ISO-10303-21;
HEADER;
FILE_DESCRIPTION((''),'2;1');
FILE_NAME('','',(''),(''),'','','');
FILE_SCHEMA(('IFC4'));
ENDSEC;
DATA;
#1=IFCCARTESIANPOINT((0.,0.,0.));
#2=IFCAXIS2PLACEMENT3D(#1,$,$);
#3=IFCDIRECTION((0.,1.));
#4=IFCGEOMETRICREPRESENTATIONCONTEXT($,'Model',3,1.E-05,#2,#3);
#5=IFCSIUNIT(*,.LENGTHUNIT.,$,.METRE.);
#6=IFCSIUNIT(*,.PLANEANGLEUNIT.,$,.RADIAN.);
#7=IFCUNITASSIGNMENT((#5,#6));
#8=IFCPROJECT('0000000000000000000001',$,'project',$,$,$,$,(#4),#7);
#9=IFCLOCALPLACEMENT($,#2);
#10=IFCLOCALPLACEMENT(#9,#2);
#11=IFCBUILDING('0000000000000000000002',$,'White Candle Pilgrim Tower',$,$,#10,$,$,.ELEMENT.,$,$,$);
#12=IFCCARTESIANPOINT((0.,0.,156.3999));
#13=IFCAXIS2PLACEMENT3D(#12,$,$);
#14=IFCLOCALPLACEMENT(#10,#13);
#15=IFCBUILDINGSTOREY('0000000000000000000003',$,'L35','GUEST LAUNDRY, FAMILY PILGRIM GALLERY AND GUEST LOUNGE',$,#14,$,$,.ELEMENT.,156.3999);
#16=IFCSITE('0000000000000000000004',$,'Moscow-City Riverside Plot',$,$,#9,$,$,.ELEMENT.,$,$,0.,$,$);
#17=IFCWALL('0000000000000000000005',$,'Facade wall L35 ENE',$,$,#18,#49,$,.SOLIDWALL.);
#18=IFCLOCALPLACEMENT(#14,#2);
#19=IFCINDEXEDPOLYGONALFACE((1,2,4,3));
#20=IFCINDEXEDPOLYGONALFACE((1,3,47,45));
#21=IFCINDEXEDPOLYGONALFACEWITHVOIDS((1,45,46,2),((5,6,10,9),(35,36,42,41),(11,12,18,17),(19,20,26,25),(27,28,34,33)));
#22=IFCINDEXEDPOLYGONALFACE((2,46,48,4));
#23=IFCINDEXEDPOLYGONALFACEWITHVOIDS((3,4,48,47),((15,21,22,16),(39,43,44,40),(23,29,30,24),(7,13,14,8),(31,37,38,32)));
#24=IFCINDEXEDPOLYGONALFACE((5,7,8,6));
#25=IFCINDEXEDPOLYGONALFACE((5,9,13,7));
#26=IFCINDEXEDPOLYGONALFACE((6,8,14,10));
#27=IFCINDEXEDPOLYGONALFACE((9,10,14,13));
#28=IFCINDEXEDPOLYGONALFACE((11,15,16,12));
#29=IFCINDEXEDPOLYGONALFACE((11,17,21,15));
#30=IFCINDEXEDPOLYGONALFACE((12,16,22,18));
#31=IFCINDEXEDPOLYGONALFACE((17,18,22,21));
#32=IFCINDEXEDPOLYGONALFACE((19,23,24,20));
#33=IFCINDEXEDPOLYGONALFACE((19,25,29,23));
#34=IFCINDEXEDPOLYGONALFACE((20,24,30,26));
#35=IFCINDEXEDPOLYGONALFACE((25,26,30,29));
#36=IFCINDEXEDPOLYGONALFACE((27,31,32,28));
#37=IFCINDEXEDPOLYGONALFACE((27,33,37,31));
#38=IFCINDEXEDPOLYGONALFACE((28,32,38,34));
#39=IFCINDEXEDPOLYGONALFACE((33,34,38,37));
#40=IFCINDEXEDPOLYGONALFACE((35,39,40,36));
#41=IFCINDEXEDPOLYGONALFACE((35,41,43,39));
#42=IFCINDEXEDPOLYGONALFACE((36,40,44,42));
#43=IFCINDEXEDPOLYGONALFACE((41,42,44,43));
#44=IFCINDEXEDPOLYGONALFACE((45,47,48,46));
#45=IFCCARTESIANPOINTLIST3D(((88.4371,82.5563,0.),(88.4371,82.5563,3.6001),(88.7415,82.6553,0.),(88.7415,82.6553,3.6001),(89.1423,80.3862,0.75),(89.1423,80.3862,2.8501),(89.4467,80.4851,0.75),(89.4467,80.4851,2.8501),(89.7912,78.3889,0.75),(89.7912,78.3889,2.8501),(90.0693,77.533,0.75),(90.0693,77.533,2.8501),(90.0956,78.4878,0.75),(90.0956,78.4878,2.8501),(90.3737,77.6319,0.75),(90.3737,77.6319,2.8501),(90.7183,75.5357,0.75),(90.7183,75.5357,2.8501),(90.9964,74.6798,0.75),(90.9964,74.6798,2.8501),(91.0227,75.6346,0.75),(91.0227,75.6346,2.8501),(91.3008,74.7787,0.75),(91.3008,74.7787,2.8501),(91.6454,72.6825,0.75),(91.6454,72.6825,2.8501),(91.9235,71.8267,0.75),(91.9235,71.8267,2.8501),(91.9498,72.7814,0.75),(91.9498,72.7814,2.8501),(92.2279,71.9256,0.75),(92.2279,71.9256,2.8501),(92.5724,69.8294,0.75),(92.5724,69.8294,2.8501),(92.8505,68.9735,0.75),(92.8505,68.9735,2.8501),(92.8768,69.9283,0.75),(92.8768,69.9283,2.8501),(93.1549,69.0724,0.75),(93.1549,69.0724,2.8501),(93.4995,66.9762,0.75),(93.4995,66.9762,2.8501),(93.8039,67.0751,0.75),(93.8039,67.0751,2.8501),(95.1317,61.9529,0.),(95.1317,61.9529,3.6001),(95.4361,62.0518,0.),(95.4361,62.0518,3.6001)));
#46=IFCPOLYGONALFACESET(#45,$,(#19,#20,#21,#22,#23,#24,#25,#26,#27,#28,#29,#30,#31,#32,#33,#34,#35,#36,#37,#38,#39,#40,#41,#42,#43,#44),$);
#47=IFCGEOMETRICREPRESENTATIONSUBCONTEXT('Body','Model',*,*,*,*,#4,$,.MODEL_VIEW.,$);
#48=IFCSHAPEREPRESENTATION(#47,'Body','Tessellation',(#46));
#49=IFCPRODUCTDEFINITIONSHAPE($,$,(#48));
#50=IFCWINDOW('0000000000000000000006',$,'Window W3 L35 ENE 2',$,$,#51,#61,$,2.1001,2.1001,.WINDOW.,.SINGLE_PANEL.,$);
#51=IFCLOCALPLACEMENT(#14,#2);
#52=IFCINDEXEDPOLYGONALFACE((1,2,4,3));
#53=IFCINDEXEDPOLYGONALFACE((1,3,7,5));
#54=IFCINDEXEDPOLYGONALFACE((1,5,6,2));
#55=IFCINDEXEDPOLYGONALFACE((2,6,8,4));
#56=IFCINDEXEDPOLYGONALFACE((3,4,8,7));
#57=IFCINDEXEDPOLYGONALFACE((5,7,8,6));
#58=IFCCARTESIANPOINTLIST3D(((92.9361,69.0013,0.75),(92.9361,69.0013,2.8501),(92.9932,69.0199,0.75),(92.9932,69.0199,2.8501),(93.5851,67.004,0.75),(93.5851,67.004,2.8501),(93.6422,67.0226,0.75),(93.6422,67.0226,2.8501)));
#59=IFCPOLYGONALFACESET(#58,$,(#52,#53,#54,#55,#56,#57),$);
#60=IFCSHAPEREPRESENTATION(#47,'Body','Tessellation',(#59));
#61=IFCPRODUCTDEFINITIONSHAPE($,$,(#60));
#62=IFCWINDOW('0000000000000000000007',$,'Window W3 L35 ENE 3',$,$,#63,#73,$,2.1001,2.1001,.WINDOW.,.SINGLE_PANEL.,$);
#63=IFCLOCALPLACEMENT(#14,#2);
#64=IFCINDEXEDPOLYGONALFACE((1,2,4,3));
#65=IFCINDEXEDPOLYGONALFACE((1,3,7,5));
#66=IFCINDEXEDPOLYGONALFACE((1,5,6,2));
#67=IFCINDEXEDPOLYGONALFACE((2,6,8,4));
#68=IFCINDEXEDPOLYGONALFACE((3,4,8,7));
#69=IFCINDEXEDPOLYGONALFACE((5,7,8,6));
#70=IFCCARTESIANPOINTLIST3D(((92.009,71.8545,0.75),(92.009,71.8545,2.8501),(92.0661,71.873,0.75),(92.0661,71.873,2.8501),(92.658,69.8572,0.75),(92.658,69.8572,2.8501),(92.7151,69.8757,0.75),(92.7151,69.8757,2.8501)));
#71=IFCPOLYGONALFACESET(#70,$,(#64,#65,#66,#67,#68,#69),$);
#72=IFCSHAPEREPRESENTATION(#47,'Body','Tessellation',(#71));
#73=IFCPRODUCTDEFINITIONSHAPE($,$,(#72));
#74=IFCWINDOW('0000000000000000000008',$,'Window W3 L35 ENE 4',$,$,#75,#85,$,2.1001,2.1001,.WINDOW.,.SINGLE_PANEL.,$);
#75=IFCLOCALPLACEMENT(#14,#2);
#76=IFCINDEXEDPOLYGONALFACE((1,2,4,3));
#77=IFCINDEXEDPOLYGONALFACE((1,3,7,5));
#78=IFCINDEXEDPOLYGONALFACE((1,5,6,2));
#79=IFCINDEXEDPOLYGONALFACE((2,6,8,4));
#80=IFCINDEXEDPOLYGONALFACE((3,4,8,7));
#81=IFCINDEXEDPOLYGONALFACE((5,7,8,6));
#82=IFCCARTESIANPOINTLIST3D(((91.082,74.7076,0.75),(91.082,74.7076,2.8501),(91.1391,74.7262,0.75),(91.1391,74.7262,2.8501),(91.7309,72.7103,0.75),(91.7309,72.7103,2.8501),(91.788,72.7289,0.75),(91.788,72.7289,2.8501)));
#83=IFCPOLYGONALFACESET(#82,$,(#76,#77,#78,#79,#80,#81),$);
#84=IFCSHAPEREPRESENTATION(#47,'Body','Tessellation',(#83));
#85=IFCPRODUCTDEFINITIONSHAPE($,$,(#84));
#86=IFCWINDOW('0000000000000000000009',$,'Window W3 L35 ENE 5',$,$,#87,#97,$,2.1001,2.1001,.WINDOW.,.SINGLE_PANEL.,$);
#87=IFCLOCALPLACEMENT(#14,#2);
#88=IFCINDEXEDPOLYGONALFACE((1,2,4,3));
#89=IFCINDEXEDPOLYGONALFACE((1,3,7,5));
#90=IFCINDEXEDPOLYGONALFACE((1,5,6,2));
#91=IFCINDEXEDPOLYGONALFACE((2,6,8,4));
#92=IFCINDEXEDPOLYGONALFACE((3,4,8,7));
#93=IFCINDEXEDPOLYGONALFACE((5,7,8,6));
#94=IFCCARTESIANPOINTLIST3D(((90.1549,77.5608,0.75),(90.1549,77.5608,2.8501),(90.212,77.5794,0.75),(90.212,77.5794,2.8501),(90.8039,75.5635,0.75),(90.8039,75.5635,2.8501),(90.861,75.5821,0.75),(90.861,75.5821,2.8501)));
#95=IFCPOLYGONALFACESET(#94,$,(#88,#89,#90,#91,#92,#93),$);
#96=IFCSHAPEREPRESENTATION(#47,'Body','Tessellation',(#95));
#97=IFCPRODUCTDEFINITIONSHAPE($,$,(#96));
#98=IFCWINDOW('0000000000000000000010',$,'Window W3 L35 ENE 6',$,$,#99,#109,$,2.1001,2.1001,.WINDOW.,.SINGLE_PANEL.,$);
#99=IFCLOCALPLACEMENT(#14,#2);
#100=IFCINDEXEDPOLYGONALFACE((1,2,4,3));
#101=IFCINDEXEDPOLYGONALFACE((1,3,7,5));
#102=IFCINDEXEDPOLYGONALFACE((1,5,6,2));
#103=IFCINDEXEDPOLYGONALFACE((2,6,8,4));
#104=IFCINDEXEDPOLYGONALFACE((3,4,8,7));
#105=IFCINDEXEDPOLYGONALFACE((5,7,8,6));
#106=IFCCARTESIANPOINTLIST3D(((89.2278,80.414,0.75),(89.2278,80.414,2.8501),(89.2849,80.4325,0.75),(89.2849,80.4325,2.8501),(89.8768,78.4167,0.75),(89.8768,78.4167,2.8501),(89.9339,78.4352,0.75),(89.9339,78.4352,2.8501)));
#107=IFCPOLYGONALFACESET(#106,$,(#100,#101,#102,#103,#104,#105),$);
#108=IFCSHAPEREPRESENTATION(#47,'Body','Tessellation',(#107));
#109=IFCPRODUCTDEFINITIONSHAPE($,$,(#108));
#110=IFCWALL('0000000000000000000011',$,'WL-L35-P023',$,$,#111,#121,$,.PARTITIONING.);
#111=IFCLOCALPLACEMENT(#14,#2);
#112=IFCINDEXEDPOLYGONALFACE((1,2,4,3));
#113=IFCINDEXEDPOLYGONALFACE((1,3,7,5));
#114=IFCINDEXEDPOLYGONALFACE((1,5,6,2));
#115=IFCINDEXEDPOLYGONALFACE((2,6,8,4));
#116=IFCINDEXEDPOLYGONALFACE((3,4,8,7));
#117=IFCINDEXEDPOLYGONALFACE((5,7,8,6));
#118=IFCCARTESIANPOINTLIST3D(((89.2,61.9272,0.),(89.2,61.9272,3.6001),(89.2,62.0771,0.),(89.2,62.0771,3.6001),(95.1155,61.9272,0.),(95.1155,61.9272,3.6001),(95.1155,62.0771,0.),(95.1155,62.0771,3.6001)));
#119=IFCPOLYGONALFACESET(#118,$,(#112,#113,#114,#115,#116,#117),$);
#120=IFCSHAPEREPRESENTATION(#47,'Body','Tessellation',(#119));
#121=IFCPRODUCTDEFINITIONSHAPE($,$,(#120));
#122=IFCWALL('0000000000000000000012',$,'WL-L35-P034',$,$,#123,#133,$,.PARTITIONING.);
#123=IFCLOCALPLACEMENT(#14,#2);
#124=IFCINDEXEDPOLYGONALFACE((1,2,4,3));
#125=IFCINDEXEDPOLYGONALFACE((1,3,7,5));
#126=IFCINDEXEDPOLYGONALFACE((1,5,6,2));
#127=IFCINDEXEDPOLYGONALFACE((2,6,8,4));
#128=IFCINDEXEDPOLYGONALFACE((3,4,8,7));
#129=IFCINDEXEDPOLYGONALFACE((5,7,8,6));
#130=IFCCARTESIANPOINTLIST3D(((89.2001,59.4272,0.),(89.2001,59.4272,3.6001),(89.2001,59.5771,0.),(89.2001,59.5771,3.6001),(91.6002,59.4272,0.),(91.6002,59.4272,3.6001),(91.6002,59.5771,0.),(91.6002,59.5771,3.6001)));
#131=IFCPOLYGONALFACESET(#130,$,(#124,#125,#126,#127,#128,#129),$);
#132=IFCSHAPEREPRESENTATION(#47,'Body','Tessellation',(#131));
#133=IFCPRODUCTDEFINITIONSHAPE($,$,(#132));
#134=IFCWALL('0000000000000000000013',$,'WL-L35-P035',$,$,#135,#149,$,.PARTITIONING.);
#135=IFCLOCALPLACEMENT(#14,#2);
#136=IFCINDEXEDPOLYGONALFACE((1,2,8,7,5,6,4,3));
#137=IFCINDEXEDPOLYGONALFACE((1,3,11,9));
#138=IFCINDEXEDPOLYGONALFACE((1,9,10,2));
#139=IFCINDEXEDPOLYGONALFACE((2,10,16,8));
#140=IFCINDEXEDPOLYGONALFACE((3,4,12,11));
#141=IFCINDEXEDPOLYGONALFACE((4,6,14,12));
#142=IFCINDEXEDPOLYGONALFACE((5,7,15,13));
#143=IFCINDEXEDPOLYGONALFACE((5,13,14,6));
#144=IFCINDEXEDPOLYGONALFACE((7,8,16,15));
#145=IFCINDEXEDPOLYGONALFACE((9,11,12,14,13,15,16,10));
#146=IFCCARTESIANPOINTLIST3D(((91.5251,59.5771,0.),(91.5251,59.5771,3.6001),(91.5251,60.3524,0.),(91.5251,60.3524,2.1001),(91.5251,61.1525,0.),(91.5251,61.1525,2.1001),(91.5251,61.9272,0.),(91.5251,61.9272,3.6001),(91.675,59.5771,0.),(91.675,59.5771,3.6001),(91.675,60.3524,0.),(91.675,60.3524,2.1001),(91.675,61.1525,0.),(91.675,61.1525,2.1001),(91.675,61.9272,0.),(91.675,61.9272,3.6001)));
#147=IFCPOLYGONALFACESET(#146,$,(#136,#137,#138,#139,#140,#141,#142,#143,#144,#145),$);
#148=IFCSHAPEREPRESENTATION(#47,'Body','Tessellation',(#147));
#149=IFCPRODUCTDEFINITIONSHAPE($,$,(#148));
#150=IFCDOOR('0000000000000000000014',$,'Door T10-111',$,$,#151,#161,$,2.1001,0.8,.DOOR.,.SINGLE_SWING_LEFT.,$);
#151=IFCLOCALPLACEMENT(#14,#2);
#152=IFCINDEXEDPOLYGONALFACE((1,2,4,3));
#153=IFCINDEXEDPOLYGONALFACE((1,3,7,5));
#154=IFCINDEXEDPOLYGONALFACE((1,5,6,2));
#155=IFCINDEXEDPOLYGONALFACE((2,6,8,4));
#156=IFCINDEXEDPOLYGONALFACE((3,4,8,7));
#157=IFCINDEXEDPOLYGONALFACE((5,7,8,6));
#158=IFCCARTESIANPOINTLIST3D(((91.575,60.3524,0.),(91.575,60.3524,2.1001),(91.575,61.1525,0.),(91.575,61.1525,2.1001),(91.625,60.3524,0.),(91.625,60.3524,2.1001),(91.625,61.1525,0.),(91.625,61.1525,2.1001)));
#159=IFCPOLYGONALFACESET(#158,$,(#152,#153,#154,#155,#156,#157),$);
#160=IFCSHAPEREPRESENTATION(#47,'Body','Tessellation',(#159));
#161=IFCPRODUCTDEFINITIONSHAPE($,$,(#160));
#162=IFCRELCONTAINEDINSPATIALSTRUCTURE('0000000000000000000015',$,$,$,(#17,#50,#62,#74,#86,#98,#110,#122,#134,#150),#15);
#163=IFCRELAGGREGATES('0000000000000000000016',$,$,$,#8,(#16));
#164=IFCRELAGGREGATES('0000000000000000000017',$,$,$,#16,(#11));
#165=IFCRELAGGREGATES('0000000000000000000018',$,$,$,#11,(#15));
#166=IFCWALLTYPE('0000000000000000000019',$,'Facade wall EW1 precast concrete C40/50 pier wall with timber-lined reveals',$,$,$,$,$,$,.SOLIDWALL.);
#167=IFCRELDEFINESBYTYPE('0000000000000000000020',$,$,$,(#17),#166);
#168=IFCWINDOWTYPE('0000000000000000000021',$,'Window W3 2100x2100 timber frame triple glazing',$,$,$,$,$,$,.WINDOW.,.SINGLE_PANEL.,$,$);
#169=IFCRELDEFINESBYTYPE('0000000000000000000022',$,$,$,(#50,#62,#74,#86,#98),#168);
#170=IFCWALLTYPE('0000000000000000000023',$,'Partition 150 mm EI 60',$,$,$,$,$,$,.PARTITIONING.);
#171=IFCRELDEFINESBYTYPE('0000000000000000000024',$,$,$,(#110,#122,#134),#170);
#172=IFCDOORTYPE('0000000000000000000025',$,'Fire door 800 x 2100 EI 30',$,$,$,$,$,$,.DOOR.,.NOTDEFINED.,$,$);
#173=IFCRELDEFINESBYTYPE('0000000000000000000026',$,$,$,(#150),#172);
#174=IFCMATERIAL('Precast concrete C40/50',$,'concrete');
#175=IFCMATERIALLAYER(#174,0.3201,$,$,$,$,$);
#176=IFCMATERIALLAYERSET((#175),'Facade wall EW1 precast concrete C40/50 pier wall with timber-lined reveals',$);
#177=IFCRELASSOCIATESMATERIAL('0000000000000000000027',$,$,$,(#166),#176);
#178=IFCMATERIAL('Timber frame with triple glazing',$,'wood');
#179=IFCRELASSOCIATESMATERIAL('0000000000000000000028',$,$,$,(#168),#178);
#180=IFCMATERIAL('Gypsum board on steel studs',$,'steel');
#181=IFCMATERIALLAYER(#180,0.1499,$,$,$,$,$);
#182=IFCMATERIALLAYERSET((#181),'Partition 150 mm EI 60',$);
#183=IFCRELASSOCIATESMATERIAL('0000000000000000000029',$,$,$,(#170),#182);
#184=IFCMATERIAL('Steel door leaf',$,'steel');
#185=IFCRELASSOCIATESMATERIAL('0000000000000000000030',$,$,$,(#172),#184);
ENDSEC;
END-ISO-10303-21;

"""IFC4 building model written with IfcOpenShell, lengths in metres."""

from ifc_helpers import new_model, si_unit, direction, frame, frame_2d, origin, place, context, subcontext, project, spatial, rectangle, extrude, material, layer, layer_set, type_object, element, fill, save


model = new_model("IFC4")

# Units and contexts
model_context = context("Model", 3, precision=1e-05, world=origin(), true_north=direction((0.0, 1.0)))
body_context = subcontext(model_context, "Body", "Model", "MODEL_VIEW")
ifc_project = project(units=[si_unit("LENGTHUNIT", "METRE"), si_unit("PLANEANGLEUNIT", "RADIAN")], contexts=[model_context])

# Site, building, storey
site_placement = place(None, origin())
site = spatial("IfcSite", under=ifc_project, at=site_placement, Name="Moscow-City Riverside Plot", CompositionType="ELEMENT", RefElevation=0.0)
building_placement = place(site_placement, origin())
building = spatial("IfcBuilding", under=site, at=building_placement, Name="White Candle Pilgrim Tower", CompositionType="ELEMENT")
storey_placement = place(building_placement, frame((0.0, 0.0, 156.3999)))
storey = spatial("IfcBuildingStorey", under=building, at=storey_placement, Name="L35", Description="GUEST LAUNDRY, FAMILY PILGRIM GALLERY AND GUEST LOUNGE", CompositionType="ELEMENT", Elevation=156.3999)

# Shared definitions
ifc_material_1 = material(Name="Gypsum board on steel studs", Category="steel")
ifc_material_2 = material(Name="Steel door leaf", Category="steel")

# Wall, openings, windows
ifc_material_3 = material(Name="Precast concrete C40/50", Category="concrete")
ifc_layer_1 = layer(ifc_material_3, 0.3201)
ifc_layer_set_1 = layer_set([ifc_layer_1], Name="Facade wall EW1 precast concrete C40/50 pier wall with timber-lined reveals")
wall_type_1 = type_object("IfcWallType", Name="Facade wall EW1 precast concrete C40/50 pier wall with timber-lined reveals", PredefinedType="SOLIDWALL", material=ifc_layer_set_1)
wall_1_placement = place(storey_placement, frame((95.2839, 62.0022, 0.0), z_axis=(0.0, 0.0, 1.0), x_axis=(-0.309021, 0.951055, 0.0)))
wall_1 = element("IfcWall", 1, at=wall_1_placement, inside=storey, type_object=wall_type_1, Name="Facade wall L35 ENE", PredefinedType="SOLIDWALL", context=body_context, shape_type="SweptSolid", body=[
    extrude(rectangle(XDim=21.6638, YDim=0.3201, at=frame_2d((10.832, 0.0))), origin(), (0.0, 0.0, 1.0), 3.6001),
])
opening_1_placement = place(wall_1_placement, frame((5.282, 0.0, 0.75)))
opening_1 = element("IfcOpeningElement", 2, at=opening_1_placement, cuts=wall_1, PredefinedType="OPENING", context=body_context, shape_type="SweptSolid", body=[
    extrude(rectangle(XDim=2.1001, YDim=2.1001, at=frame_2d((1.05, 1.05))), frame((0.0, 0.1699, 0.0), z_axis=(0.0, -1.0, 0.0), x_axis=(1.0, 0.0, 0.0)), (0.0, 0.0, 1.0), 0.3401),
])
opening_2_placement = place(wall_1_placement, frame((8.282, 0.0, 0.75)))
opening_2 = element("IfcOpeningElement", 3, at=opening_2_placement, cuts=wall_1, PredefinedType="OPENING", context=body_context, shape_type="SweptSolid", body=[
    extrude(rectangle(XDim=2.1001, YDim=2.1001, at=frame_2d((1.05, 1.05))), frame((0.0, 0.1699, 0.0), z_axis=(0.0, -1.0, 0.0), x_axis=(1.0, 0.0, 0.0)), (0.0, 0.0, 1.0), 0.3401),
])
opening_3_placement = place(wall_1_placement, frame((11.282, 0.0, 0.75)))
opening_3 = element("IfcOpeningElement", 4, at=opening_3_placement, cuts=wall_1, PredefinedType="OPENING", context=body_context, shape_type="SweptSolid", body=[
    extrude(rectangle(XDim=2.1001, YDim=2.1001, at=frame_2d((1.05, 1.05))), frame((0.0, 0.1699, 0.0), z_axis=(0.0, -1.0, 0.0), x_axis=(1.0, 0.0, 0.0)), (0.0, 0.0, 1.0), 0.3401),
])
opening_4_placement = place(wall_1_placement, frame((14.282, 0.0, 0.75)))
opening_4 = element("IfcOpeningElement", 5, at=opening_4_placement, cuts=wall_1, PredefinedType="OPENING", context=body_context, shape_type="SweptSolid", body=[
    extrude(rectangle(XDim=2.1001, YDim=2.1001, at=frame_2d((1.05, 1.05))), frame((0.0, 0.1699, 0.0), z_axis=(0.0, -1.0, 0.0), x_axis=(1.0, 0.0, 0.0)), (0.0, 0.0, 1.0), 0.3401),
])
opening_5_placement = place(wall_1_placement, frame((17.282, 0.0, 0.75)))
opening_5 = element("IfcOpeningElement", 6, at=opening_5_placement, cuts=wall_1, PredefinedType="OPENING", context=body_context, shape_type="SweptSolid", body=[
    extrude(rectangle(XDim=2.1001, YDim=2.1001, at=frame_2d((1.05, 1.05))), frame((0.0, 0.1699, 0.0), z_axis=(0.0, -1.0, 0.0), x_axis=(1.0, 0.0, 0.0)), (0.0, 0.0, 1.0), 0.3401),
])
ifc_material_4 = material(Name="Timber frame with triple glazing", Category="wood")
window_type = type_object("IfcWindowType", Name="Window W3 2100x2100 timber frame triple glazing", PartitioningType="SINGLE_PANEL", PredefinedType="WINDOW", material=ifc_material_4)
window_1_placement = place(opening_1_placement, origin())
window_1 = element("IfcWindow", 7, at=window_1_placement, inside=storey, type_object=window_type, Name="Window W3 L35 ENE 2", OverallHeight=2.1001, OverallWidth=2.1001, PartitioningType="SINGLE_PANEL", PredefinedType="WINDOW", context=body_context, shape_type="SweptSolid", body=[
    extrude(rectangle(XDim=2.1001, YDim=2.1001, at=frame_2d((1.05, 1.05))), frame((0.0, 0.0701, 0.0), z_axis=(0.0, -1.0, 0.0), x_axis=(1.0, 0.0, 0.0)), (0.0, 0.0, 1.0), 0.0601),
])
fill(opening_1, window_1)
window_2_placement = place(opening_2_placement, origin())
window_2 = element("IfcWindow", 8, at=window_2_placement, inside=storey, type_object=window_type, Name="Window W3 L35 ENE 3", OverallHeight=2.1001, OverallWidth=2.1001, PartitioningType="SINGLE_PANEL", PredefinedType="WINDOW", context=body_context, shape_type="SweptSolid", body=[
    extrude(rectangle(XDim=2.1001, YDim=2.1001, at=frame_2d((1.05, 1.05))), frame((0.0, 0.0701, 0.0), z_axis=(0.0, -1.0, 0.0), x_axis=(1.0, 0.0, 0.0)), (0.0, 0.0, 1.0), 0.0601),
])
fill(opening_2, window_2)
window_3_placement = place(opening_3_placement, origin())
window_3 = element("IfcWindow", 9, at=window_3_placement, inside=storey, type_object=window_type, Name="Window W3 L35 ENE 4", OverallHeight=2.1001, OverallWidth=2.1001, PartitioningType="SINGLE_PANEL", PredefinedType="WINDOW", context=body_context, shape_type="SweptSolid", body=[
    extrude(rectangle(XDim=2.1001, YDim=2.1001, at=frame_2d((1.05, 1.05))), frame((0.0, 0.0701, 0.0), z_axis=(0.0, -1.0, 0.0), x_axis=(1.0, 0.0, 0.0)), (0.0, 0.0, 1.0), 0.0601),
])
fill(opening_3, window_3)
window_4_placement = place(opening_4_placement, origin())
window_4 = element("IfcWindow", 10, at=window_4_placement, inside=storey, type_object=window_type, Name="Window W3 L35 ENE 5", OverallHeight=2.1001, OverallWidth=2.1001, PartitioningType="SINGLE_PANEL", PredefinedType="WINDOW", context=body_context, shape_type="SweptSolid", body=[
    extrude(rectangle(XDim=2.1001, YDim=2.1001, at=frame_2d((1.05, 1.05))), frame((0.0, 0.0701, 0.0), z_axis=(0.0, -1.0, 0.0), x_axis=(1.0, 0.0, 0.0)), (0.0, 0.0, 1.0), 0.0601),
])
fill(opening_4, window_4)
window_5_placement = place(opening_5_placement, origin())
window_5 = element("IfcWindow", 11, at=window_5_placement, inside=storey, type_object=window_type, Name="Window W3 L35 ENE 6", OverallHeight=2.1001, OverallWidth=2.1001, PartitioningType="SINGLE_PANEL", PredefinedType="WINDOW", context=body_context, shape_type="SweptSolid", body=[
    extrude(rectangle(XDim=2.1001, YDim=2.1001, at=frame_2d((1.05, 1.05))), frame((0.0, 0.0701, 0.0), z_axis=(0.0, -1.0, 0.0), x_axis=(1.0, 0.0, 0.0)), (0.0, 0.0, 1.0), 0.0601),
])
fill(opening_5, window_5)

# Walls
ifc_layer_2 = layer(ifc_material_1, 0.1499)
ifc_layer_set_2 = layer_set([ifc_layer_2], Name="Partition 150 mm EI 60")
wall_type_2 = type_object("IfcWallType", Name="Partition 150 mm EI 60", PredefinedType="PARTITIONING", material=ifc_layer_set_2)
wall_2_placement = place(storey_placement, frame((95.1155, 62.0022, 0.0), z_axis=(0.0, 0.0, 1.0), x_axis=(-1.0, 0.0, 0.0)))
element("IfcWall", 12, at=wall_2_placement, inside=storey, type_object=wall_type_2, Name="WL-L35-P023", PredefinedType="PARTITIONING", context=body_context, shape_type="SweptSolid", body=[
    extrude(rectangle(XDim=5.9155, YDim=0.1499, at=frame_2d((2.9578, 0.0))), origin(), (0.0, 0.0, 1.0), 3.6001),
])
wall_3_placement = place(storey_placement, frame((89.2, 59.5022, 0.0), z_axis=(0.0, 0.0, 1.0), x_axis=(1.0, 0.0, 0.0)))
element("IfcWall", 13, at=wall_3_placement, inside=storey, type_object=wall_type_2, Name="WL-L35-P034", PredefinedType="PARTITIONING", context=body_context, shape_type="SweptSolid", body=[
    extrude(rectangle(XDim=2.4001, YDim=0.1499, at=frame_2d((1.2002, 0.0))), origin(), (0.0, 0.0, 1.0), 3.6001),
])

# Wall, opening, door
wall_4_placement = place(storey_placement, frame((91.6001, 61.9272, 0.0), z_axis=(0.0, 0.0, 1.0), x_axis=(0.0, -1.0, 0.0)))
wall_4 = element("IfcWall", 14, at=wall_4_placement, inside=storey, type_object=wall_type_2, Name="WL-L35-P035", PredefinedType="PARTITIONING", context=body_context, shape_type="SweptSolid", body=[
    extrude(rectangle(XDim=2.3501, YDim=0.1499, at=frame_2d((1.175, 0.0))), origin(), (0.0, 0.0, 1.0), 3.6001),
])
opening_6_placement = place(wall_4_placement, frame((0.7749, 0.0, 0.0)))
opening_6 = element("IfcOpeningElement", 15, at=opening_6_placement, cuts=wall_4, PredefinedType="OPENING", context=body_context, shape_type="SweptSolid", body=[
    extrude(rectangle(XDim=0.8, YDim=2.1001, at=frame_2d((0.3999, 1.05))), frame((0.0, 0.085, 0.0), z_axis=(0.0, -1.0, 0.0), x_axis=(1.0, 0.0, 0.0)), (0.0, 0.0, 1.0), 0.1699),
])
door_type_1 = type_object("IfcDoorType", Name="Fire door 800 x 2100 EI 30", OperationType="NOTDEFINED", PredefinedType="DOOR", material=ifc_material_2)
door_1_placement = place(opening_6_placement, origin())
door_1 = element("IfcDoor", 16, at=door_1_placement, inside=storey, type_object=door_type_1, Name="Door T10-111", OperationType="SINGLE_SWING_LEFT", OverallHeight=2.1001, OverallWidth=0.8, PredefinedType="DOOR", context=body_context, shape_type="SweptSolid", body=[
    extrude(rectangle(XDim=0.8, YDim=2.1001, at=frame_2d((0.3999, 1.05))), frame((0.0, 0.0249, 0.0), z_axis=(0.0, -1.0, 0.0), x_axis=(1.0, 0.0, 0.0)), (0.0, 0.0, 1.0), 0.05),
])
fill(opening_6, door_1)

save(model, "model.ifc")
